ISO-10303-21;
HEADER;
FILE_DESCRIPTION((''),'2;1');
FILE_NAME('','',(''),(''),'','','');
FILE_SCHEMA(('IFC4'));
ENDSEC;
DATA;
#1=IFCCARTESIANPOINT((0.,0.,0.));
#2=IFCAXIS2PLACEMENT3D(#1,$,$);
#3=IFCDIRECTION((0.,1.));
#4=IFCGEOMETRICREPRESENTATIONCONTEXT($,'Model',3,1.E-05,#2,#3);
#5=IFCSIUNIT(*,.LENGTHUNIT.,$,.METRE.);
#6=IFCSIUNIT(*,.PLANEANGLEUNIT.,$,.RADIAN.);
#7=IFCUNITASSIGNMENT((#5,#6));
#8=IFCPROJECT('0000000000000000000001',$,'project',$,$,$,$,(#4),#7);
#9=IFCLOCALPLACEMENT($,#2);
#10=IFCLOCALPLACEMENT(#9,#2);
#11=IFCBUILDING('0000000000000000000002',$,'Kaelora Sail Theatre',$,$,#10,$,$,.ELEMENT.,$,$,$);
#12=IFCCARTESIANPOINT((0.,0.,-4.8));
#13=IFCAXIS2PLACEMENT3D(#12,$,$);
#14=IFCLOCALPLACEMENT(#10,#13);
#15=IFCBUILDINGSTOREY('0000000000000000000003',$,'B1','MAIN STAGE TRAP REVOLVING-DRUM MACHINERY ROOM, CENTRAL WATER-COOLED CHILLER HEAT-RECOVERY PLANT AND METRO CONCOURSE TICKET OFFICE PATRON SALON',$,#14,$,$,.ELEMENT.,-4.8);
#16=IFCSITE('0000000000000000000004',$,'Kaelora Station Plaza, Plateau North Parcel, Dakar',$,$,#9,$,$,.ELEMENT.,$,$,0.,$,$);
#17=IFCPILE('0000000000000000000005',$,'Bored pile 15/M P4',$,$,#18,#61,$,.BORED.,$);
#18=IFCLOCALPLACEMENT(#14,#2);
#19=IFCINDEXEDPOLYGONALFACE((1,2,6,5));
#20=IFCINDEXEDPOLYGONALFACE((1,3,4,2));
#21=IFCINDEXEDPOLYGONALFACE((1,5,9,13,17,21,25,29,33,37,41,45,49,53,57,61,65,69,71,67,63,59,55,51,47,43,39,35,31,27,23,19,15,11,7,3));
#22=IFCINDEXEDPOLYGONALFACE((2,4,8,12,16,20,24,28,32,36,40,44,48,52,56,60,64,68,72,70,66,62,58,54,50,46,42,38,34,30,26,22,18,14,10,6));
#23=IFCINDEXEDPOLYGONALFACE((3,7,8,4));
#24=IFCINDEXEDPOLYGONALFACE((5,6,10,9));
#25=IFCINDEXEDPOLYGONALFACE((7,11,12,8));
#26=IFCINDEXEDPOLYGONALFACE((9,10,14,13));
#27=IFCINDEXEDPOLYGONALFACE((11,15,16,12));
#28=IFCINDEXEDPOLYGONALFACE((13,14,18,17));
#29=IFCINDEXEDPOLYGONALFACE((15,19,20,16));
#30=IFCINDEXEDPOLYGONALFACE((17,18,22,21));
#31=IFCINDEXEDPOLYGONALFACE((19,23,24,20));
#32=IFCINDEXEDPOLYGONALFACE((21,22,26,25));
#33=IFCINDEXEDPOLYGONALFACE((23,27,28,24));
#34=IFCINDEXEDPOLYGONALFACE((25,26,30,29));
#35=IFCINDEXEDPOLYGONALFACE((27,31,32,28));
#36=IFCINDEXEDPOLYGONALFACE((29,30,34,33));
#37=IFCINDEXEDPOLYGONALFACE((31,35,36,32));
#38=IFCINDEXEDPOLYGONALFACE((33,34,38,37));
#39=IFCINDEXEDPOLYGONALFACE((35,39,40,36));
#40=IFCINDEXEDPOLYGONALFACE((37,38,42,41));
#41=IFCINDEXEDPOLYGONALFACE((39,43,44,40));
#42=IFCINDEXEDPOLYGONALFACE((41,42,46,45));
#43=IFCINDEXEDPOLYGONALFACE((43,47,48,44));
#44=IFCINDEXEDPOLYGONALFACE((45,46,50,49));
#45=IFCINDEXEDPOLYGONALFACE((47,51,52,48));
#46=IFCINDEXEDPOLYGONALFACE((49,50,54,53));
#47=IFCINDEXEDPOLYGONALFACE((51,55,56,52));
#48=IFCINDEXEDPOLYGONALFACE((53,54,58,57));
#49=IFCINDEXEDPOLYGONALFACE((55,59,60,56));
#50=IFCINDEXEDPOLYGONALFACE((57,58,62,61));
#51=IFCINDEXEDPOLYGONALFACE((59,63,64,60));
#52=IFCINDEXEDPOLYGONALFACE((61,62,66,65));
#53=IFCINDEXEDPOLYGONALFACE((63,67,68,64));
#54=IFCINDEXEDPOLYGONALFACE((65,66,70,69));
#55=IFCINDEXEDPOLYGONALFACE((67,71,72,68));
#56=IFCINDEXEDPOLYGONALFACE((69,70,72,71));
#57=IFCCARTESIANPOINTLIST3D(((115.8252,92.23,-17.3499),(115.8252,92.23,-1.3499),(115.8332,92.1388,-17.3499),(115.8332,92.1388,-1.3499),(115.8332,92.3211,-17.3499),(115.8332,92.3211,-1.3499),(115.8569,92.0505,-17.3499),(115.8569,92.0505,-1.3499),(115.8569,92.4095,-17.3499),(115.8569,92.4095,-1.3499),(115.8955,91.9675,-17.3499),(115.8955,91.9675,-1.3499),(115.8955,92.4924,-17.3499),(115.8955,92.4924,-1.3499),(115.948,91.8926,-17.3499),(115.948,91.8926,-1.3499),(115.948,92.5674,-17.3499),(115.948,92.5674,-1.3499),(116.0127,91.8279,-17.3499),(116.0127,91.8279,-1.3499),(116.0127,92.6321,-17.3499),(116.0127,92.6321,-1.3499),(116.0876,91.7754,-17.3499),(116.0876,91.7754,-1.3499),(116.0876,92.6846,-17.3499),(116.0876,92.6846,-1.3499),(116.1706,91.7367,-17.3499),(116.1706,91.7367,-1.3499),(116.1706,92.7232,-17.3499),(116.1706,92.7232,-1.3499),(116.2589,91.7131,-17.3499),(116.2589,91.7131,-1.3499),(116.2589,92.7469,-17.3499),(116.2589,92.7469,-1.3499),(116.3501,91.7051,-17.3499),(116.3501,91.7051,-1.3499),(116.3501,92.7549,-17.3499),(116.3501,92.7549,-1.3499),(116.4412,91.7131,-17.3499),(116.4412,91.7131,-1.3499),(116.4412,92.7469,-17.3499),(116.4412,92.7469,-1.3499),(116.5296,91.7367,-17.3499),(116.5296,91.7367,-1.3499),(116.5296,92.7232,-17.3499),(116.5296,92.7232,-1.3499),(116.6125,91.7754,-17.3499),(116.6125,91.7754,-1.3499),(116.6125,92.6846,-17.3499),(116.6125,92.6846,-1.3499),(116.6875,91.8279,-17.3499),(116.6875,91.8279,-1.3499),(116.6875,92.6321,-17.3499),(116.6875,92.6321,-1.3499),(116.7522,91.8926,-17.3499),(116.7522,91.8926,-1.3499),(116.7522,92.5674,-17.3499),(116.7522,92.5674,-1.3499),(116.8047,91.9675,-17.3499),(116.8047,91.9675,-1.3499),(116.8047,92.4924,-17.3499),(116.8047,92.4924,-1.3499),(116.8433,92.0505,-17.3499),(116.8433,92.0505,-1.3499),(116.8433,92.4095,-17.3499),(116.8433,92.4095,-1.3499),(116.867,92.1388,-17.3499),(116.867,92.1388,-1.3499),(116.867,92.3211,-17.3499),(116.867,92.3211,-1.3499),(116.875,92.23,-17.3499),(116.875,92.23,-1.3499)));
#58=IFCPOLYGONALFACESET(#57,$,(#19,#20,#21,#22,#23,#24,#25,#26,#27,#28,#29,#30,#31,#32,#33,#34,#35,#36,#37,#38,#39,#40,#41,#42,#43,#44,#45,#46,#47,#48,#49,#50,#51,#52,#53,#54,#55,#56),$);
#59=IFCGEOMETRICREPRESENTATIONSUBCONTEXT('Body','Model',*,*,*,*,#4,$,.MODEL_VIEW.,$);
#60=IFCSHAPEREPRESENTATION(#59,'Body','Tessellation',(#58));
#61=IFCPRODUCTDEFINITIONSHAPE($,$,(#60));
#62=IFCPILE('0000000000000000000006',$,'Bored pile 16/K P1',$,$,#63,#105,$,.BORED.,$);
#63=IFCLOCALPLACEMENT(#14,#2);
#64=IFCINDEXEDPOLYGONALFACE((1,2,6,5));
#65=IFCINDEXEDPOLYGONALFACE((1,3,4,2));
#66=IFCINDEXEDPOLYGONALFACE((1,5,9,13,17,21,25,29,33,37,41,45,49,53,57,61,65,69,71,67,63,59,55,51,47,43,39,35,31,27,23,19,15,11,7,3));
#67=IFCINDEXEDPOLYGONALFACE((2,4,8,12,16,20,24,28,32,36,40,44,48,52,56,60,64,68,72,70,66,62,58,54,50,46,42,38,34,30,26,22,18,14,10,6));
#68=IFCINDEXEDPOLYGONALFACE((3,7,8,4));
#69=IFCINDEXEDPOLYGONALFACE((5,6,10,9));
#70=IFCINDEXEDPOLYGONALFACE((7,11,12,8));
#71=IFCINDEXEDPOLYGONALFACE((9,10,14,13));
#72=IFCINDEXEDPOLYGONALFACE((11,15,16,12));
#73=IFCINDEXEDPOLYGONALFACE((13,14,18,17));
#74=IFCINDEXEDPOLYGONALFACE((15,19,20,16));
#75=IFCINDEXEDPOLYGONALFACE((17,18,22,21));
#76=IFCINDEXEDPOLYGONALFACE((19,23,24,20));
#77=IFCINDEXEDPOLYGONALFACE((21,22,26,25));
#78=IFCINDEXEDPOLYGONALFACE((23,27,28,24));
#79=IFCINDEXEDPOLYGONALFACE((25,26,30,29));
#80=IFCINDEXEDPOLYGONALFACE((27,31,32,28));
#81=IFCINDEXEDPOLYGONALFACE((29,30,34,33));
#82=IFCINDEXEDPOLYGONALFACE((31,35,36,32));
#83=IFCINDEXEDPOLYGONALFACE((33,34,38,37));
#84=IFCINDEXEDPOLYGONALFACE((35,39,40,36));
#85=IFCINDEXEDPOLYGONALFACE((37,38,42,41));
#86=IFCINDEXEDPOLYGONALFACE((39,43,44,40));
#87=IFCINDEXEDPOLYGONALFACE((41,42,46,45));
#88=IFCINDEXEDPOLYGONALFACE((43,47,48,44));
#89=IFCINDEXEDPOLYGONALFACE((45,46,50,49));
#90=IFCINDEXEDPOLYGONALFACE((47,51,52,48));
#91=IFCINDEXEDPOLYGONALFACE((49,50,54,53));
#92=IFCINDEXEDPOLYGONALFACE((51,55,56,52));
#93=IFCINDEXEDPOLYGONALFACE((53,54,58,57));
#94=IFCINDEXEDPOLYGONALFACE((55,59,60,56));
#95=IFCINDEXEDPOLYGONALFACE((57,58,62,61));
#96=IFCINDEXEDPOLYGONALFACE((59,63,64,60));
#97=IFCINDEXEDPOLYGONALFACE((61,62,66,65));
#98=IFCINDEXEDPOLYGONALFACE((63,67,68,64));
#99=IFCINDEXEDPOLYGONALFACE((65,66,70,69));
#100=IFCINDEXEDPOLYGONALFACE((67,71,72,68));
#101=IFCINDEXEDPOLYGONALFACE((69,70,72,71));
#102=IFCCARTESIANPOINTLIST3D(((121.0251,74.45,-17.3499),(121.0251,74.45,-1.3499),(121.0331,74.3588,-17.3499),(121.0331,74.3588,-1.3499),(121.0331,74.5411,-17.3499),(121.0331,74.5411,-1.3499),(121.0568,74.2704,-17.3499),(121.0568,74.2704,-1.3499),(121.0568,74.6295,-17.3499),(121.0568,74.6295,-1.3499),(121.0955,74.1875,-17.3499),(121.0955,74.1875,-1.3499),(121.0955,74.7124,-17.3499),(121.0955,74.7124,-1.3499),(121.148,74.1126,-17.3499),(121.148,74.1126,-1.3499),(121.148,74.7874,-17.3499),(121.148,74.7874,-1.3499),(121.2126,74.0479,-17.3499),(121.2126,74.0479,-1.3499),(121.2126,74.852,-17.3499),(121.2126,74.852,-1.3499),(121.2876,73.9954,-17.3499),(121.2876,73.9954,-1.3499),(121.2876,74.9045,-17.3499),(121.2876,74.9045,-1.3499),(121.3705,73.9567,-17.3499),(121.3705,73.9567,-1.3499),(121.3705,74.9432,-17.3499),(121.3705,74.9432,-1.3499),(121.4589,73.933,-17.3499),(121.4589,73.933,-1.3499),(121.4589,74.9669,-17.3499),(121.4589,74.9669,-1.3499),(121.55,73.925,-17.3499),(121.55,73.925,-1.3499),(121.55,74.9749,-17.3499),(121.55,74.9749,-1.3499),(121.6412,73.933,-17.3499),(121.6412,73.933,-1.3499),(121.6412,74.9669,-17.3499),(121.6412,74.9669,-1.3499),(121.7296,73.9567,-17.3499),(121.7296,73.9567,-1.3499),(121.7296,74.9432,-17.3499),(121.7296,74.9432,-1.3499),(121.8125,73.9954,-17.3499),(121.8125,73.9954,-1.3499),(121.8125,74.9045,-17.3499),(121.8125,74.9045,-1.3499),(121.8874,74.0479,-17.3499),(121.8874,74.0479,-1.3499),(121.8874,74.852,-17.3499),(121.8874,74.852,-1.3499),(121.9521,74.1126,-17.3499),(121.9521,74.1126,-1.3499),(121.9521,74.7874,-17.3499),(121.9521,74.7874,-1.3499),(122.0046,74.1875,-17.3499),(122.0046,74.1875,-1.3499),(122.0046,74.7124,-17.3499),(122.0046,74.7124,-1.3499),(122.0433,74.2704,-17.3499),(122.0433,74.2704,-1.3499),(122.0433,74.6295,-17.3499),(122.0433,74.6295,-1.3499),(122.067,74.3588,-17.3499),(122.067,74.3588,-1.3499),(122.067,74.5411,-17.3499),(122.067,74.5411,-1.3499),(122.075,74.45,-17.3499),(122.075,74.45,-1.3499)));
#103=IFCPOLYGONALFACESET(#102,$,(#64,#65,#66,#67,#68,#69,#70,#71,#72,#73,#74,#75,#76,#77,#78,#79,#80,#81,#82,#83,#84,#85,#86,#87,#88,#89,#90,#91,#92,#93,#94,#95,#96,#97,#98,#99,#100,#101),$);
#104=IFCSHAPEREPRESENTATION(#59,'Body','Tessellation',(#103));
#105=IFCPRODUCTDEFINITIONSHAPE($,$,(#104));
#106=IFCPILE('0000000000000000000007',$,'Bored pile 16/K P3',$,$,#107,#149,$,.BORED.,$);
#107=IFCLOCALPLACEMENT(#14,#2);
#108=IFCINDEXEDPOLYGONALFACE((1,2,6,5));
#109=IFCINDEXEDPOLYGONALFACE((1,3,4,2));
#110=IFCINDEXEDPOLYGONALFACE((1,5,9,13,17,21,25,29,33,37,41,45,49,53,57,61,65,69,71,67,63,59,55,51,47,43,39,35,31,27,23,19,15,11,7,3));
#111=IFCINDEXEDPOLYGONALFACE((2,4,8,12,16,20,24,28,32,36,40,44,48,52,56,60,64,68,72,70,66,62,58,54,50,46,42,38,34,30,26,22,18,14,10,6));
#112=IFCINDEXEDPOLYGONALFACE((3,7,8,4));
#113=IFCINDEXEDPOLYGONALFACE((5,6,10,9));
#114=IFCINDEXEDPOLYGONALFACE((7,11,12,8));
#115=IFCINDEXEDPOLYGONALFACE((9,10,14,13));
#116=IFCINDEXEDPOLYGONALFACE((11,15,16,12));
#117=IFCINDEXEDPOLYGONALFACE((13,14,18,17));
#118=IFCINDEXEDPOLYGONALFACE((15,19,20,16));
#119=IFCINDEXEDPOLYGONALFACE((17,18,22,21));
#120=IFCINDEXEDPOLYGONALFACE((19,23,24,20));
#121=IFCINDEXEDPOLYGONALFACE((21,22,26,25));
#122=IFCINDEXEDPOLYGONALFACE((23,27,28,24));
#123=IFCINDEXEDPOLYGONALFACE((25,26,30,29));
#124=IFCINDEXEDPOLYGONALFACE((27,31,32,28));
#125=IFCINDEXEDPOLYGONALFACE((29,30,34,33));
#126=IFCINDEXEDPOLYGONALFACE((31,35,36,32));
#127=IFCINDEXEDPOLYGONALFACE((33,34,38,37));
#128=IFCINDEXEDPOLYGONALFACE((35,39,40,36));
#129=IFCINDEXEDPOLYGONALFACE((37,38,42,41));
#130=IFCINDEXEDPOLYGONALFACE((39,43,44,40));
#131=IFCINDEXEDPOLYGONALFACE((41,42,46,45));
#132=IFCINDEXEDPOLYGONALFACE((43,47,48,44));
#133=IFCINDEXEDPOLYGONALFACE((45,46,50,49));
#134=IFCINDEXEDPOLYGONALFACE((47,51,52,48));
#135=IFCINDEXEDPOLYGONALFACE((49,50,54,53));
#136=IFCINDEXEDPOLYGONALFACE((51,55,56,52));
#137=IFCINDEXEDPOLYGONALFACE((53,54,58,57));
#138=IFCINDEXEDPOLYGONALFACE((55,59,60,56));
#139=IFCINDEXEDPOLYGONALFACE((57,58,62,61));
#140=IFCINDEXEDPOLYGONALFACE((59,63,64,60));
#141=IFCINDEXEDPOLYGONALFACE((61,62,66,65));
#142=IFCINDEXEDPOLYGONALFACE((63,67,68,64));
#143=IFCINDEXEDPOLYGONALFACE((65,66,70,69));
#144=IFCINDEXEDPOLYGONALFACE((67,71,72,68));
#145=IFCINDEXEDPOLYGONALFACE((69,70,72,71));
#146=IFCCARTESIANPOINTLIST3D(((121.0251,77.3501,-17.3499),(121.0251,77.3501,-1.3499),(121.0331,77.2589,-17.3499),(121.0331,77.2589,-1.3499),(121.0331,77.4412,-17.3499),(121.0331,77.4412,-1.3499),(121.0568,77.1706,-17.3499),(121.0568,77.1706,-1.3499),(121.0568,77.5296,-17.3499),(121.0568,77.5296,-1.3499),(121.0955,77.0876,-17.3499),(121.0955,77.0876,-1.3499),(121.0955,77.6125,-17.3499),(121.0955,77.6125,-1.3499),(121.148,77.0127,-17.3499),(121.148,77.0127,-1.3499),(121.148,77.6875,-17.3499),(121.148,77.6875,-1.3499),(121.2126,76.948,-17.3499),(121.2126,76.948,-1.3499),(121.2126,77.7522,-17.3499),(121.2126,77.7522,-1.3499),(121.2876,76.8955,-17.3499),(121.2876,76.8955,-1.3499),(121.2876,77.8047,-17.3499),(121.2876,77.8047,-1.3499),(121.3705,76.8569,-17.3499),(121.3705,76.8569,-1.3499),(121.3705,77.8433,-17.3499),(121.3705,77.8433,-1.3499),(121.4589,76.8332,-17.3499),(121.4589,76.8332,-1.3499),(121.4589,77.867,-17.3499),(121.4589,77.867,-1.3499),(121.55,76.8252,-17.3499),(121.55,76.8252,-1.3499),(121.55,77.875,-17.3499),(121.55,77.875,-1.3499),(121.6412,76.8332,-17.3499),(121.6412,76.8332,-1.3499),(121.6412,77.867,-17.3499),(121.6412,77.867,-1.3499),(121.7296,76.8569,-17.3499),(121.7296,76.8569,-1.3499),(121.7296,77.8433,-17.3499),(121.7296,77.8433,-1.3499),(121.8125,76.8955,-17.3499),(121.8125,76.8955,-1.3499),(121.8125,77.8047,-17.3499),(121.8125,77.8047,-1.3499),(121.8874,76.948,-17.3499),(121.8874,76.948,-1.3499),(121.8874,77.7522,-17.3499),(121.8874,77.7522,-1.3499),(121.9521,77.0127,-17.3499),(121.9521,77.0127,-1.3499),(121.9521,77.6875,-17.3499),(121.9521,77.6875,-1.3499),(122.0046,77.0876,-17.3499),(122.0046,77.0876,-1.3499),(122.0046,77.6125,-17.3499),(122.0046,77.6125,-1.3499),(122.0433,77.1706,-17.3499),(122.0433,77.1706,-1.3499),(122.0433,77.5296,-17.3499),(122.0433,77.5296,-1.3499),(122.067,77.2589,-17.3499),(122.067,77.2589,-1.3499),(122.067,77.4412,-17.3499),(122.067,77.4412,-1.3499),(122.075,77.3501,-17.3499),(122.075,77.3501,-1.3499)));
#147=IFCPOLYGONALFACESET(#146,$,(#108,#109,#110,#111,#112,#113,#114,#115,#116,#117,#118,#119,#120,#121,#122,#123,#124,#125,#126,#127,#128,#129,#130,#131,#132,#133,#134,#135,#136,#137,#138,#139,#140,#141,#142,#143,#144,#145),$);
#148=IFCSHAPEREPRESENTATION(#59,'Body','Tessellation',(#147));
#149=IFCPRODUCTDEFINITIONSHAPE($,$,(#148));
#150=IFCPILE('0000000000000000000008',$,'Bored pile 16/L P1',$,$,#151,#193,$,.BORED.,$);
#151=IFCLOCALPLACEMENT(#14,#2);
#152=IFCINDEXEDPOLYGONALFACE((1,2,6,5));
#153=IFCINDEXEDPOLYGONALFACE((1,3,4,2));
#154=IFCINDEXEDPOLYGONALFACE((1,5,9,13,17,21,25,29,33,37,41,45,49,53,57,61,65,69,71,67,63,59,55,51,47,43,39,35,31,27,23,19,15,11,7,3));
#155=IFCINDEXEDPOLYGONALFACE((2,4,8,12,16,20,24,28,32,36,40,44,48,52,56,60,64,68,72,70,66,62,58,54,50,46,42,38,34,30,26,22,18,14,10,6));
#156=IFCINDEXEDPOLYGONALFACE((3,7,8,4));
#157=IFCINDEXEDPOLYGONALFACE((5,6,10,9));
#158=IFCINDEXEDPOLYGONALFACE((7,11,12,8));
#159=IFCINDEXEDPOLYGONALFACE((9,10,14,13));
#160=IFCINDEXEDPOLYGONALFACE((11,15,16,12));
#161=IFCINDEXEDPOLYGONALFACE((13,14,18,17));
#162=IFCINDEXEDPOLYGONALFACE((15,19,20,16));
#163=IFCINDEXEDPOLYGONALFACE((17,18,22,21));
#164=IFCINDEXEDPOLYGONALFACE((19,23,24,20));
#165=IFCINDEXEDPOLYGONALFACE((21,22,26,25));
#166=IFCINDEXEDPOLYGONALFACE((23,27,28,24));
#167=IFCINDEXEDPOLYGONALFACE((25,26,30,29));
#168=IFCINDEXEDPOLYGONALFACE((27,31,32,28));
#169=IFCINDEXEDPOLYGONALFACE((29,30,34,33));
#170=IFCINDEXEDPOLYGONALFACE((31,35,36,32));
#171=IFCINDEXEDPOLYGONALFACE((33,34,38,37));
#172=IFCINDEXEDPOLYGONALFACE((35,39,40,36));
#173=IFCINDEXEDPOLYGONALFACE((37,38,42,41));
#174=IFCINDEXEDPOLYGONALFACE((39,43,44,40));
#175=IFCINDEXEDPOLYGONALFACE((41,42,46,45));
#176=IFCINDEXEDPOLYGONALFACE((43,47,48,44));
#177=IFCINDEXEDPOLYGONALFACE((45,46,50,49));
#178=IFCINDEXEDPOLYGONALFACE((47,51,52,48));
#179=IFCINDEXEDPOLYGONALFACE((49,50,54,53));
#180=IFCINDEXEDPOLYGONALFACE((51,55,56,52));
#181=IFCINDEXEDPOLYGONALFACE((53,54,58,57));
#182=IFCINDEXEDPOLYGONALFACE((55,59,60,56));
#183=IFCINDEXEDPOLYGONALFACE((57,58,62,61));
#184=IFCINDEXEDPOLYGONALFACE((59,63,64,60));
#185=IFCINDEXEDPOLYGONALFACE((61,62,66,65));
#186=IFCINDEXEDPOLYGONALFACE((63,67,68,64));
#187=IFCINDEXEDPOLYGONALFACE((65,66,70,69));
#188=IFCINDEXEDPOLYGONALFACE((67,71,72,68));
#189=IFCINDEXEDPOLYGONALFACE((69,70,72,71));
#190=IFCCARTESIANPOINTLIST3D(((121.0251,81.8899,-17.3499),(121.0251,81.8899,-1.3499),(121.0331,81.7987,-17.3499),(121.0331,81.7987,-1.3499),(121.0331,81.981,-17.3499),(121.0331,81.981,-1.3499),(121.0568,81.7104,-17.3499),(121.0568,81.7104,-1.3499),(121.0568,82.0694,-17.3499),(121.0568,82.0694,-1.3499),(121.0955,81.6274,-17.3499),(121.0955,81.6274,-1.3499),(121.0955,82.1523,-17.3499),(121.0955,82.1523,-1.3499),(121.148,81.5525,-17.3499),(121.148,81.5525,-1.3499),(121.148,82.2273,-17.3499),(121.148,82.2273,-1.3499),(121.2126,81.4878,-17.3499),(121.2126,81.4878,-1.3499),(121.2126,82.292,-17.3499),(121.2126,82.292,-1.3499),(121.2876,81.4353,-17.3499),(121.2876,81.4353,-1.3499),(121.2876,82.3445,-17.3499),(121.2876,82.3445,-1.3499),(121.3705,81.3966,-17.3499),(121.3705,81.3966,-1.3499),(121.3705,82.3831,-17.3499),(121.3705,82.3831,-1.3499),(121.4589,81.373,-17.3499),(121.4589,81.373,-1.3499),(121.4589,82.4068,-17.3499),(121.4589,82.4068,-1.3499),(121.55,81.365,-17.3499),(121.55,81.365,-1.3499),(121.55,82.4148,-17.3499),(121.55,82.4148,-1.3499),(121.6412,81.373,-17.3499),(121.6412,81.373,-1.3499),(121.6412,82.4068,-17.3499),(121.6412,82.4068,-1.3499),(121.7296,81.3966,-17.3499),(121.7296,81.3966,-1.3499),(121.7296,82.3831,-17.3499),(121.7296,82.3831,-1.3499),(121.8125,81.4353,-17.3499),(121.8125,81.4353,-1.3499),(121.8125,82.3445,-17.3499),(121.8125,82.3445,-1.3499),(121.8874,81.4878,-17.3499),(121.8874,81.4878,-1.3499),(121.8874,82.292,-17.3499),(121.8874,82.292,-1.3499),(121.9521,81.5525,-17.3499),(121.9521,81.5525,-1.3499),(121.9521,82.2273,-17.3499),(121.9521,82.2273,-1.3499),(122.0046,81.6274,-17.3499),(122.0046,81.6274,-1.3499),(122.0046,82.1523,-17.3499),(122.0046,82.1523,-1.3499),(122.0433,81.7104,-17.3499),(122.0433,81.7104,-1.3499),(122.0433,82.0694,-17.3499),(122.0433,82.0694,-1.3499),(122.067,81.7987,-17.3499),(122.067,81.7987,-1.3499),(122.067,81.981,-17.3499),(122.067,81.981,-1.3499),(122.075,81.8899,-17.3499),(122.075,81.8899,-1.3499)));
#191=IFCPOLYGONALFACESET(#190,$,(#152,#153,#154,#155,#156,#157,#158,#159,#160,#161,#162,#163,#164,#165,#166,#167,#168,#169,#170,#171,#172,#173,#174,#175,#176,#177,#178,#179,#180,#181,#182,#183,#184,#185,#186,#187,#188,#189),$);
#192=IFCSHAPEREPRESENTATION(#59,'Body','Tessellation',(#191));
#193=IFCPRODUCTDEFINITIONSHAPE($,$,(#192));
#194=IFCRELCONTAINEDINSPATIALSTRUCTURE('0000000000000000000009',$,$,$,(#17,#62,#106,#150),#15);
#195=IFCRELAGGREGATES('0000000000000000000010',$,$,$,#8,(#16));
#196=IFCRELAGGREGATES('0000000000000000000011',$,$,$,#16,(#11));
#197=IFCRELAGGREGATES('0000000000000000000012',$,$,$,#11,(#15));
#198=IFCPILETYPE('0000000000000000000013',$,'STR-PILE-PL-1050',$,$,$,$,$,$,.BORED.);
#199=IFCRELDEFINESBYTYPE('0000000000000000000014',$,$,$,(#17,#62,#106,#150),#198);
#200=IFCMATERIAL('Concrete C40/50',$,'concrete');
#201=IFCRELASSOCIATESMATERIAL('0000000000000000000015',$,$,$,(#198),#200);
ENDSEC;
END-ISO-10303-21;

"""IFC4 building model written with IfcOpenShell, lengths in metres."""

from ifc_helpers import new_model, si_unit, direction, frame, origin, origin_2d, place, context, subcontext, project, spatial, circle, extrude, material, material_profile, profile_set, type_object, element, save


model = new_model("IFC4")

# Units and contexts
model_context = context("Model", 3, precision=1e-05, world=origin(), true_north=direction((0.0, 1.0)))
body_context = subcontext(model_context, "Body", "Model", "MODEL_VIEW")
ifc_project = project(units=[si_unit("LENGTHUNIT", "METRE"), si_unit("PLANEANGLEUNIT", "RADIAN")], contexts=[model_context])

# Site, building, storey
site_placement = place(None, origin())
site = spatial("IfcSite", under=ifc_project, at=site_placement, Name="Kaelora Station Plaza, Plateau North Parcel, Dakar", CompositionType="ELEMENT", RefElevation=0.0)
building_placement = place(site_placement, origin())
building = spatial("IfcBuilding", under=site, at=building_placement, Name="Kaelora Sail Theatre", CompositionType="ELEMENT")
storey_placement = place(building_placement, frame((0.0, 0.0, -4.8)))
storey = spatial("IfcBuildingStorey", under=building, at=storey_placement, Name="B1", Description="MAIN STAGE TRAP REVOLVING-DRUM MACHINERY ROOM, CENTRAL WATER-COOLED CHILLER HEAT-RECOVERY PLANT AND METRO CONCOURSE TICKET OFFICE PATRON SALON", CompositionType="ELEMENT", Elevation=-4.8)

# Piles
ifc_material_1 = material(Name="Concrete C40/50", Category="concrete")
ifc_material_profile_1 = material_profile(ifc_material_1, circle(Radius=0.5249, at=origin_2d()), Name="PILE D1050")
ifc_profile_set_1 = profile_set([ifc_material_profile_1], Name="Concrete C40/50")
pile_type = type_object("IfcPileType", Name="STR-PILE-PL-1050", PredefinedType="BORED", material=ifc_profile_set_1)
for number, where, z_axis, x_axis, name in (
    (1, (116.3501, 92.23, -1.3499), (0.0, 0.0, -1.0), (1.0, 0.0, 0.0), "Bored pile 15/M P4"),
    (2, (121.55, 74.45, -1.3499), (0.0, 0.0, -1.0), (1.0, 0.0, 0.0), "Bored pile 16/K P1"),
    (3, (121.55, 77.3501, -1.3499), (0.0, 0.0, -1.0), (1.0, 0.0, 0.0), "Bored pile 16/K P3"),
    (4, (121.55, 81.8899, -1.3499), (0.0, 0.0, -1.0), (1.0, 0.0, 0.0), "Bored pile 16/L P1"),
):
    element("IfcPile", number, at=place(storey_placement, frame(where, z_axis=z_axis, x_axis=x_axis)), inside=storey, type_object=pile_type, Name=name, PredefinedType="BORED", context=body_context, shape_type="SweptSolid", body=[
        extrude(circle(Radius=0.5249, at=origin_2d()), origin(), (0.0, 0.0, 1.0), 16.0),
    ])

save(model, "model.ifc")
